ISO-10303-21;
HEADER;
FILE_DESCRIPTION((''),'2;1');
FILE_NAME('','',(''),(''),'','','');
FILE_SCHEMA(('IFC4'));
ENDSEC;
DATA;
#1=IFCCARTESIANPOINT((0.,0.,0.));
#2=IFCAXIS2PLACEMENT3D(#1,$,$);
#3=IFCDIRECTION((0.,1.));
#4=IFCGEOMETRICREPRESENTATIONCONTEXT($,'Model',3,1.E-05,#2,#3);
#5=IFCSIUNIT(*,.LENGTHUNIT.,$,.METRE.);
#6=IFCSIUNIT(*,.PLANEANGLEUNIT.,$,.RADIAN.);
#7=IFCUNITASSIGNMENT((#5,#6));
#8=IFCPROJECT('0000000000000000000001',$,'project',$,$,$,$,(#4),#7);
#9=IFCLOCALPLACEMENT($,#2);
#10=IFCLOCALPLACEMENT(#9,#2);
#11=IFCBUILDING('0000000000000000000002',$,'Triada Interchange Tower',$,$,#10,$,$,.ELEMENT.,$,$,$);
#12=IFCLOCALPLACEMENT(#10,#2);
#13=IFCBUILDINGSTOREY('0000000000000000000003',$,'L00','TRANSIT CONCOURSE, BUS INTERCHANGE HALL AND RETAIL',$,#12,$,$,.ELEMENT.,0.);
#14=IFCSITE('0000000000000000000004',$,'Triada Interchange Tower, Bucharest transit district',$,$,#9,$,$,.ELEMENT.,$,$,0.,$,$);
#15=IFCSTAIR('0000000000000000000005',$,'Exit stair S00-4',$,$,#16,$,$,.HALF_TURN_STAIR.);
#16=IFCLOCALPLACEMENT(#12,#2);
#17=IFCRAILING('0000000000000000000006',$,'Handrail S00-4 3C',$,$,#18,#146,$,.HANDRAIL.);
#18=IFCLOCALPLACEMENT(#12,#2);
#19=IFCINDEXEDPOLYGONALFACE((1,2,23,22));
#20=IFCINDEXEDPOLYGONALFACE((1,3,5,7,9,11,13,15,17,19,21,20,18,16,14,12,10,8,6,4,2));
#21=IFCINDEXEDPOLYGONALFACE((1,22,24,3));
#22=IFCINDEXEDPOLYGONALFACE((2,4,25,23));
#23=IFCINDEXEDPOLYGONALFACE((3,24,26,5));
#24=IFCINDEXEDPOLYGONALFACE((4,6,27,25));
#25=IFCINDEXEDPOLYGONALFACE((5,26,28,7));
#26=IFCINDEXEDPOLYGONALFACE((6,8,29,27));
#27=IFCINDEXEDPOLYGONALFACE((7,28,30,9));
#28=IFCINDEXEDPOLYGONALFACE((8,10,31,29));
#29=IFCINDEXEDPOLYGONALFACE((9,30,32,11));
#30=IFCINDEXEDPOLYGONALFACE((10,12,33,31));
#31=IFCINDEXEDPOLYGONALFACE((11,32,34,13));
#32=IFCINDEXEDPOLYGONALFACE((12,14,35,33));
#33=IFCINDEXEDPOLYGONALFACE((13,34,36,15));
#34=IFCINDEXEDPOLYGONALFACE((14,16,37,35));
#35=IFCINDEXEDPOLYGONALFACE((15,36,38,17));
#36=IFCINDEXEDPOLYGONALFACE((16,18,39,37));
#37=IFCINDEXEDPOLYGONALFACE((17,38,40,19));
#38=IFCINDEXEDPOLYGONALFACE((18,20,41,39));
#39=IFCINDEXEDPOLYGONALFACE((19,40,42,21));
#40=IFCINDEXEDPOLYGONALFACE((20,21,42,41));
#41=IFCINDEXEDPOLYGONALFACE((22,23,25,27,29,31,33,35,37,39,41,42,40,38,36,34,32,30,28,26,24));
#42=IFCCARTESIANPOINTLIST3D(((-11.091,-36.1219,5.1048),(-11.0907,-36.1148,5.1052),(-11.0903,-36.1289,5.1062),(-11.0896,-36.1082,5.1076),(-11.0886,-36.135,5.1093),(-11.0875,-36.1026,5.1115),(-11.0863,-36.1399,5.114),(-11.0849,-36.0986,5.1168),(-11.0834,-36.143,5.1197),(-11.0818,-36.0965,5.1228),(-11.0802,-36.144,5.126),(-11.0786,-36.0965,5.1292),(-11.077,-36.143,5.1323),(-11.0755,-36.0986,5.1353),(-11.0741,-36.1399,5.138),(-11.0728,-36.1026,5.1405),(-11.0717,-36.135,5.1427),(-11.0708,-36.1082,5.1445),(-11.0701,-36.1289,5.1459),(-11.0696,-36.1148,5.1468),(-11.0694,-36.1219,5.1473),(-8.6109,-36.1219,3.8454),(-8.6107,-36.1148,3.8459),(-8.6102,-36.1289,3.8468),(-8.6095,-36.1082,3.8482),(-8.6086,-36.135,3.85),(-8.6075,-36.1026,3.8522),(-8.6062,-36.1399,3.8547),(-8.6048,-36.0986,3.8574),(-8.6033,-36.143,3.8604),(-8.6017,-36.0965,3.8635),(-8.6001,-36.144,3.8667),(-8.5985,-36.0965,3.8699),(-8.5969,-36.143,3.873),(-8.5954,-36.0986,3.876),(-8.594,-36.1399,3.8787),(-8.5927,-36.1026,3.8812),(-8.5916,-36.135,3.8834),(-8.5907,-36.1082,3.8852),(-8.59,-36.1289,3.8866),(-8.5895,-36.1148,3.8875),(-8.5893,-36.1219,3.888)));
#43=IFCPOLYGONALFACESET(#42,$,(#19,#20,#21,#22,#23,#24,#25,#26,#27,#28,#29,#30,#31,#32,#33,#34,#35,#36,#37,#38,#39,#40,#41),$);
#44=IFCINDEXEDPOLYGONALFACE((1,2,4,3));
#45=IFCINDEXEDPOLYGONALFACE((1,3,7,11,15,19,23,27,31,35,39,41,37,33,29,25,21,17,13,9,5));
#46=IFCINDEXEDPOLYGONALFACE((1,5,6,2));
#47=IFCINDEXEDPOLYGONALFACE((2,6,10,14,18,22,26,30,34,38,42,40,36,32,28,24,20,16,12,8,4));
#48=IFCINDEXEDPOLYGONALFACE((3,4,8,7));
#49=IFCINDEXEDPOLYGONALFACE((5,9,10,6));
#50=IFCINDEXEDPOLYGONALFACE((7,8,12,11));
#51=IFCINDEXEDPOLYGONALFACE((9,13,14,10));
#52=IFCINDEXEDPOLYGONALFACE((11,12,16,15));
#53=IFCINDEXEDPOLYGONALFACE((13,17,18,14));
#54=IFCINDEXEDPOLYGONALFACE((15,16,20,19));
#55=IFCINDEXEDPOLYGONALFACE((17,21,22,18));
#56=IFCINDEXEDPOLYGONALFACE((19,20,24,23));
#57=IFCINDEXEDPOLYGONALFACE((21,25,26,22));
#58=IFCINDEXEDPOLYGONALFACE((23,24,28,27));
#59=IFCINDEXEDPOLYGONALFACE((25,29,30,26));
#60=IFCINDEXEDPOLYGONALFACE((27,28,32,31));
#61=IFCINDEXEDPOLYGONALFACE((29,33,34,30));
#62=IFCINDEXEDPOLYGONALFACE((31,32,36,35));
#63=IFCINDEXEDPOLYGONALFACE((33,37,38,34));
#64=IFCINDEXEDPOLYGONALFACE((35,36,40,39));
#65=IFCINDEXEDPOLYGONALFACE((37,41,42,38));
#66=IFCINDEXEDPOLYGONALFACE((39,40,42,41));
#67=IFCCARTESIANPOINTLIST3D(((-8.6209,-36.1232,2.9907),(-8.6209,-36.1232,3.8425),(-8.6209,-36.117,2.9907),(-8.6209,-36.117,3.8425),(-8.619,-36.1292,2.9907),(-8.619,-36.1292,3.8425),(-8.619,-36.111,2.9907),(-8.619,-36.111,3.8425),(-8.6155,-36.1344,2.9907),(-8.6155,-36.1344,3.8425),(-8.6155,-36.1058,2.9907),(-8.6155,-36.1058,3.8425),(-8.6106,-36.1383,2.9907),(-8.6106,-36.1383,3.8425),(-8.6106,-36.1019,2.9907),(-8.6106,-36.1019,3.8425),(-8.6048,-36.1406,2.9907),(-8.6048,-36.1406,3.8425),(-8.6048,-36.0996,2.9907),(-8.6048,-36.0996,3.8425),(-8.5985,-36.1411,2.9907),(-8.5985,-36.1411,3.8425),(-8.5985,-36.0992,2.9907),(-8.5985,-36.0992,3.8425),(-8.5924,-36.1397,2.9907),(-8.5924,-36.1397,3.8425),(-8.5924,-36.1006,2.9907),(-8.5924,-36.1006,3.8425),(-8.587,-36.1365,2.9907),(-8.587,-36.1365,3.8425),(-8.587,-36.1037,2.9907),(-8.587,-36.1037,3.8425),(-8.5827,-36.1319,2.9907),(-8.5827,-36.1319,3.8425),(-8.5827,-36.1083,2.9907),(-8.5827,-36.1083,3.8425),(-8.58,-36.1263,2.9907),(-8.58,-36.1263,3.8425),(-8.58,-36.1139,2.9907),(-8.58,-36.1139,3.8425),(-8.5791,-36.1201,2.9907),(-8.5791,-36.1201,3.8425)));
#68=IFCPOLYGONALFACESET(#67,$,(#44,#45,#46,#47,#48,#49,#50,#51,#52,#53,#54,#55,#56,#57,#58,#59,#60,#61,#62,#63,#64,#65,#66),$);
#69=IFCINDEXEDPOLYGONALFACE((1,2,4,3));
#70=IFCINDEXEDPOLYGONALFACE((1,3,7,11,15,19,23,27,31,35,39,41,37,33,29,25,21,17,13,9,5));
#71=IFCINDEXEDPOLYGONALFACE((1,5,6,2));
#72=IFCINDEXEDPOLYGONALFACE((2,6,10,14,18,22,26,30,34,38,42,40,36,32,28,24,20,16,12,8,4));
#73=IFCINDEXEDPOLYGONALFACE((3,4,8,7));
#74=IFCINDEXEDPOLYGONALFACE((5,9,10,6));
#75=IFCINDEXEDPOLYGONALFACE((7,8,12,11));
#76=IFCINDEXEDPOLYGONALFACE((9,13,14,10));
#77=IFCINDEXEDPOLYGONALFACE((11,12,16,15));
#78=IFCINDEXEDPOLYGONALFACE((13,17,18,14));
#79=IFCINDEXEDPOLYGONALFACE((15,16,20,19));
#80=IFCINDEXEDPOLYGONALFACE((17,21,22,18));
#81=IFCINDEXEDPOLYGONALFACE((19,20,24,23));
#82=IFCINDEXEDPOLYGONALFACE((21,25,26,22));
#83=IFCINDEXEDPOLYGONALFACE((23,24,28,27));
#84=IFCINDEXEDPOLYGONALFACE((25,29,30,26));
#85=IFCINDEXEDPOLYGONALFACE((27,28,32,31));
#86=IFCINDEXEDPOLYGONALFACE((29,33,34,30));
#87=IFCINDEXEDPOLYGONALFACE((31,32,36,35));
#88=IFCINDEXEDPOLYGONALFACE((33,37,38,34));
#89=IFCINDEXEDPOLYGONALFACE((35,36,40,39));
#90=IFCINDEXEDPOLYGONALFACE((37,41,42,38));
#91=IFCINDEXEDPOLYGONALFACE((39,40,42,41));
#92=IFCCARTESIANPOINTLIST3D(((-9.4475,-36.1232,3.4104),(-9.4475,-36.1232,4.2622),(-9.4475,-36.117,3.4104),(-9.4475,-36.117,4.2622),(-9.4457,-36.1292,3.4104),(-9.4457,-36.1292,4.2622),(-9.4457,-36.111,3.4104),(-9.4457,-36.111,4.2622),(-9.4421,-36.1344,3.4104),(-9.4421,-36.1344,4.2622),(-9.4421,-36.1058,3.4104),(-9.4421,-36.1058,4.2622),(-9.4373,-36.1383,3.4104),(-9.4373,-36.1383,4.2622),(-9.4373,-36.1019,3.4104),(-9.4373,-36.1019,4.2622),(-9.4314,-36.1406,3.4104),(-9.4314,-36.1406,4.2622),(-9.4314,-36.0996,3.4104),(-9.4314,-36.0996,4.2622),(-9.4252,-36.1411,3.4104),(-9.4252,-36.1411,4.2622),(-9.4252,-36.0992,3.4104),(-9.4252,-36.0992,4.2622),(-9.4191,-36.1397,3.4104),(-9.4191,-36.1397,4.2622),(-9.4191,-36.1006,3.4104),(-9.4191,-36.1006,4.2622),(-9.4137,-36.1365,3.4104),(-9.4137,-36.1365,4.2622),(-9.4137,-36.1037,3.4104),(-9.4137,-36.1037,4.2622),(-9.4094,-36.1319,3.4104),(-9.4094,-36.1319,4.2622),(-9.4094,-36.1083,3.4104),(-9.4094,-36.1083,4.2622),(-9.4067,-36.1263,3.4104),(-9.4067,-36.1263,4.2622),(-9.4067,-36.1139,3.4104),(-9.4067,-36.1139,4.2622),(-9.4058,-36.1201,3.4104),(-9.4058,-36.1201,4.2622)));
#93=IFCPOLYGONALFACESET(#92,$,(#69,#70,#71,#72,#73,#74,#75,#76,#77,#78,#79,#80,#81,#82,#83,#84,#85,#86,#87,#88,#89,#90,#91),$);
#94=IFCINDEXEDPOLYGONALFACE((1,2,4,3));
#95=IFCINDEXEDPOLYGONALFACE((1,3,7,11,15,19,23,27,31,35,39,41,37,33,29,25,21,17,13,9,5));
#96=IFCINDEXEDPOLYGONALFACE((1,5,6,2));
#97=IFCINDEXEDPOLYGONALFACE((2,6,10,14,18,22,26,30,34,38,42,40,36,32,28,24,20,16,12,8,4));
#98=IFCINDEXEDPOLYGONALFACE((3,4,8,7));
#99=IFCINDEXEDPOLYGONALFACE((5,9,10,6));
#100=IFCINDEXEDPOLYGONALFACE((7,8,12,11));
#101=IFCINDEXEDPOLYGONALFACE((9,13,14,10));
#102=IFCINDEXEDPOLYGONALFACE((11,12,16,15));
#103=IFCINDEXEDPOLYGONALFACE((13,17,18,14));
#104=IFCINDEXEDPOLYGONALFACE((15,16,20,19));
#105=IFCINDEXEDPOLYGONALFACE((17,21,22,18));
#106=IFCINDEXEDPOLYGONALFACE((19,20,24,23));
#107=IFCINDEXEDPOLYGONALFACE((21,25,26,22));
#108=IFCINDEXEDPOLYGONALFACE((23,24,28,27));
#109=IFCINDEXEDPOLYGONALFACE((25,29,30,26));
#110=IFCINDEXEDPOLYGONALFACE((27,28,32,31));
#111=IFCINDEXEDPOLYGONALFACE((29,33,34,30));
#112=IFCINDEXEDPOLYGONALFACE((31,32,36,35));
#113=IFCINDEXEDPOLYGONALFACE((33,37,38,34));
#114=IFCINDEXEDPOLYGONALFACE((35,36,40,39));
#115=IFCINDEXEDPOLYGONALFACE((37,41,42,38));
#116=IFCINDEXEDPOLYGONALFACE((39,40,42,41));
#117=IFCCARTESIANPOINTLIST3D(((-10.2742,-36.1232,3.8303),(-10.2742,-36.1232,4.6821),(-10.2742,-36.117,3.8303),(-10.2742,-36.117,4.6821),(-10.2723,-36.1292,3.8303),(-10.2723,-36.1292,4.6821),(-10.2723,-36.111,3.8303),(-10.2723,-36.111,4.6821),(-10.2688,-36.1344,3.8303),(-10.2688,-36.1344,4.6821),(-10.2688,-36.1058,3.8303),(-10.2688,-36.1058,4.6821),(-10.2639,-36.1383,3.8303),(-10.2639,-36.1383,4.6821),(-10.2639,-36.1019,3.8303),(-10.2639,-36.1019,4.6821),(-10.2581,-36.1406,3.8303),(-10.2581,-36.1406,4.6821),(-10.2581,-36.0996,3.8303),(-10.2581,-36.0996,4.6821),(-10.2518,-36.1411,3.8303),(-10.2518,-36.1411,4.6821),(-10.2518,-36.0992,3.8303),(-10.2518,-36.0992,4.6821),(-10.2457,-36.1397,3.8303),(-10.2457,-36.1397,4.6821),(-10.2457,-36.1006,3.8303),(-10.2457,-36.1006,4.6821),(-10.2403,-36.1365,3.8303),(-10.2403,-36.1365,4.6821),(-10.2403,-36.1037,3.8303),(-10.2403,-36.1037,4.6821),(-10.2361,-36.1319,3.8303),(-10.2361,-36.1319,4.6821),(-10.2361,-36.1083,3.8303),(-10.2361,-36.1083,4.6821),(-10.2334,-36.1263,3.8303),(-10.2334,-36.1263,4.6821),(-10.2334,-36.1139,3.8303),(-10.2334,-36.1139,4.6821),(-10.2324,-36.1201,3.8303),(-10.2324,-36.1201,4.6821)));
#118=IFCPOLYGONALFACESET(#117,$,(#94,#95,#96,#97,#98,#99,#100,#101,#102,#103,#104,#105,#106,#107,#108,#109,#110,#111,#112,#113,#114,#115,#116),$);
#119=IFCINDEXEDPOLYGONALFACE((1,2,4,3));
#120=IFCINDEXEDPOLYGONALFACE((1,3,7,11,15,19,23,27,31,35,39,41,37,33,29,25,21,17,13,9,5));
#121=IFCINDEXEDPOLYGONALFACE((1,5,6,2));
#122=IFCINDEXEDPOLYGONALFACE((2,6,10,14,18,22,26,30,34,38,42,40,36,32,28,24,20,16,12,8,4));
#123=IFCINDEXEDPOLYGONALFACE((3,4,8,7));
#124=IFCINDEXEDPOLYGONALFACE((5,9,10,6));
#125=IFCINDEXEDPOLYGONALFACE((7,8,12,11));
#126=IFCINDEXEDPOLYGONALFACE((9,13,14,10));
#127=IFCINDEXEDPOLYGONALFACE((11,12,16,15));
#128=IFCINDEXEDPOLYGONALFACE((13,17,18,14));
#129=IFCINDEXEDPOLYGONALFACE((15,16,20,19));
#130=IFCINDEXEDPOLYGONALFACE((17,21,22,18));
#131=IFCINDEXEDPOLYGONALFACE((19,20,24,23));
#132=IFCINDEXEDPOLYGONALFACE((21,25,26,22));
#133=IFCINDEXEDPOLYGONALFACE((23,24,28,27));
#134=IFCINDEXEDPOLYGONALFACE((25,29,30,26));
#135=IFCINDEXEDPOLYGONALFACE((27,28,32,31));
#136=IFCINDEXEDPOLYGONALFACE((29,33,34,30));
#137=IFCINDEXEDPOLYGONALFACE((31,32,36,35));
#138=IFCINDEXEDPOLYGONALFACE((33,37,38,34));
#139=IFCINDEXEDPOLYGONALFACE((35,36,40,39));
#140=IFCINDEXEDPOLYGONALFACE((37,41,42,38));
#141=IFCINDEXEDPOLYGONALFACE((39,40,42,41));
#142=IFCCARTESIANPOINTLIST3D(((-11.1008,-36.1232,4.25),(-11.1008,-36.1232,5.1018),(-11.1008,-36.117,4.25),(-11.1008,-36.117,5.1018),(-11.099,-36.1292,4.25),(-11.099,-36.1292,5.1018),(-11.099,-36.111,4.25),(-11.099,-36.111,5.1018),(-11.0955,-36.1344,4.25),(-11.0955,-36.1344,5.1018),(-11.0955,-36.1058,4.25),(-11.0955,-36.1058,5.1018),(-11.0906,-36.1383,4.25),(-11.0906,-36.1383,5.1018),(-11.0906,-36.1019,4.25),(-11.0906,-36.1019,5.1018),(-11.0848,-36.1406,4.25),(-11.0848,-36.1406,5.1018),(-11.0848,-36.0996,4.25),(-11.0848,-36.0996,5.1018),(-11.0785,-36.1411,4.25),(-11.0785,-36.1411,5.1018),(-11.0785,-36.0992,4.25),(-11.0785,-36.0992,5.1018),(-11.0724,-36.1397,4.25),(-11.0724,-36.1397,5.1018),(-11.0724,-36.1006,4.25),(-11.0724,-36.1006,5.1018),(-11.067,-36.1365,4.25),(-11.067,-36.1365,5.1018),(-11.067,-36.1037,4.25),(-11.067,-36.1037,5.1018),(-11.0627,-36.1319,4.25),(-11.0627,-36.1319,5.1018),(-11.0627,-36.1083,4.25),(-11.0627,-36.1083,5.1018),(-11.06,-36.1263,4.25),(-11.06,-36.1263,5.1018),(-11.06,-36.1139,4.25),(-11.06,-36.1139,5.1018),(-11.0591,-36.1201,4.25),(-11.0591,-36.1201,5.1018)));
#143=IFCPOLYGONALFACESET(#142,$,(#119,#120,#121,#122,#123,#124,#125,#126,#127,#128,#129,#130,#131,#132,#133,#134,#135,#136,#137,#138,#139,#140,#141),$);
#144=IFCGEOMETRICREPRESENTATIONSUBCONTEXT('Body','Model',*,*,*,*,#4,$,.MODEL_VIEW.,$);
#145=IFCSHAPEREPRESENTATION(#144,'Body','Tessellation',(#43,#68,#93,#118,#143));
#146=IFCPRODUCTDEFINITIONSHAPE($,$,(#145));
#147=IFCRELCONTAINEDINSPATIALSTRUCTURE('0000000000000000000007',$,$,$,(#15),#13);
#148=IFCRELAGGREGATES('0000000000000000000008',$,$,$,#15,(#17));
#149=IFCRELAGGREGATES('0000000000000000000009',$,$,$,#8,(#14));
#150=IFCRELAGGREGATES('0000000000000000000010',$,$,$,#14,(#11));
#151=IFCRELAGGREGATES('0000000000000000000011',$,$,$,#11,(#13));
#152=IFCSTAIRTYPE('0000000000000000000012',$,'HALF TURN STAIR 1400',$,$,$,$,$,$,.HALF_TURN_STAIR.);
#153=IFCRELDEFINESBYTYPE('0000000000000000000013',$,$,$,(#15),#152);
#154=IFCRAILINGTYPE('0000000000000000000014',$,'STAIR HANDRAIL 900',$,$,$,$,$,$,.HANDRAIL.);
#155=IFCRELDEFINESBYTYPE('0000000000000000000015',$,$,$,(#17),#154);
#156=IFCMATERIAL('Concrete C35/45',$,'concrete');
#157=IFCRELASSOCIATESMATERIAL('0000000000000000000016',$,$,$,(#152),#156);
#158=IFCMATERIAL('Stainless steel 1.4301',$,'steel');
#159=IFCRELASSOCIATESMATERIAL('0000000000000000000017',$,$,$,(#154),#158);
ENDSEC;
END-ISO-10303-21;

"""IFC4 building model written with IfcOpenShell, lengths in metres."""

from ifc_helpers import new_model, si_unit, direction, frame, origin, origin_2d, place, context, subcontext, project, spatial, circle, extrude, material, type_object, element, aggregate, save


model = new_model("IFC4")

# Units and contexts
model_context = context("Model", 3, precision=1e-05, world=origin(), true_north=direction((0.0, 1.0)))
body_context = subcontext(model_context, "Body", "Model", "MODEL_VIEW")
ifc_project = project(units=[si_unit("LENGTHUNIT", "METRE"), si_unit("PLANEANGLEUNIT", "RADIAN")], contexts=[model_context])

# Site, building, storey
site_placement = place(None, origin())
site = spatial("IfcSite", under=ifc_project, at=site_placement, Name="Triada Interchange Tower, Bucharest transit district", CompositionType="ELEMENT", RefElevation=0.0)
building_placement = place(site_placement, origin())
building = spatial("IfcBuilding", under=site, at=building_placement, Name="Triada Interchange Tower", CompositionType="ELEMENT")
storey_placement = place(building_placement, origin())
storey = spatial("IfcBuildingStorey", under=building, at=storey_placement, Name="L00", Description="TRANSIT CONCOURSE, BUS INTERCHANGE HALL AND RETAIL", CompositionType="ELEMENT", Elevation=0.0)

# Shared definitions
ifc_material_1 = material(Name="Concrete C35/45", Category="concrete")

# Stair
stair_type = type_object("IfcStairType", Name="HALF TURN STAIR 1400", PredefinedType="HALF_TURN_STAIR", material=ifc_material_1)
stair_1_placement = place(storey_placement, origin())
stair_1 = element("IfcStair", 1, at=stair_1_placement, inside=storey, type_object=stair_type, Name="Exit stair S00-4", PredefinedType="HALF_TURN_STAIR")

# Railing
ifc_material_2 = material(Name="Stainless steel 1.4301", Category="steel")
railing_type_1 = type_object("IfcRailingType", Name="STAIR HANDRAIL 900", PredefinedType="HANDRAIL", material=ifc_material_2)
railing_1_placement = place(storey_placement, frame((-8.6001, -36.1201, 2.9907)))
railing_1 = element("IfcRailing", 2, at=railing_1_placement, type_object=railing_type_1, Name="Handrail S00-4 3C", PredefinedType="HANDRAIL", context=body_context, shape_type="SweptSolid", body=[
    extrude(circle(Radius=0.0239, at=origin_2d()), frame((0.0, 0.0, 0.876), z_axis=(-0.891636, 0.0, 0.452752), x_axis=(0.0, -1.0, 0.0)), (0.0, 0.0, 1.0), 2.7815),
    extrude(circle(Radius=0.021, at=origin_2d()), origin(), (0.0, 0.0, 1.0), 0.8518),
    extrude(circle(Radius=0.021, at=origin_2d()), frame((-0.8267, 0.0, 0.4197)), (0.0, 0.0, 1.0), 0.8518),
    extrude(circle(Radius=0.021, at=origin_2d()), frame((-1.6533, 0.0, 0.8396)), (0.0, 0.0, 1.0), 0.8518),
    extrude(circle(Radius=0.021, at=origin_2d()), frame((-2.48, 0.0, 1.2593)), (0.0, 0.0, 1.0), 0.8518),
])
aggregate(stair_1, [railing_1])

save(model, "model.ifc")
